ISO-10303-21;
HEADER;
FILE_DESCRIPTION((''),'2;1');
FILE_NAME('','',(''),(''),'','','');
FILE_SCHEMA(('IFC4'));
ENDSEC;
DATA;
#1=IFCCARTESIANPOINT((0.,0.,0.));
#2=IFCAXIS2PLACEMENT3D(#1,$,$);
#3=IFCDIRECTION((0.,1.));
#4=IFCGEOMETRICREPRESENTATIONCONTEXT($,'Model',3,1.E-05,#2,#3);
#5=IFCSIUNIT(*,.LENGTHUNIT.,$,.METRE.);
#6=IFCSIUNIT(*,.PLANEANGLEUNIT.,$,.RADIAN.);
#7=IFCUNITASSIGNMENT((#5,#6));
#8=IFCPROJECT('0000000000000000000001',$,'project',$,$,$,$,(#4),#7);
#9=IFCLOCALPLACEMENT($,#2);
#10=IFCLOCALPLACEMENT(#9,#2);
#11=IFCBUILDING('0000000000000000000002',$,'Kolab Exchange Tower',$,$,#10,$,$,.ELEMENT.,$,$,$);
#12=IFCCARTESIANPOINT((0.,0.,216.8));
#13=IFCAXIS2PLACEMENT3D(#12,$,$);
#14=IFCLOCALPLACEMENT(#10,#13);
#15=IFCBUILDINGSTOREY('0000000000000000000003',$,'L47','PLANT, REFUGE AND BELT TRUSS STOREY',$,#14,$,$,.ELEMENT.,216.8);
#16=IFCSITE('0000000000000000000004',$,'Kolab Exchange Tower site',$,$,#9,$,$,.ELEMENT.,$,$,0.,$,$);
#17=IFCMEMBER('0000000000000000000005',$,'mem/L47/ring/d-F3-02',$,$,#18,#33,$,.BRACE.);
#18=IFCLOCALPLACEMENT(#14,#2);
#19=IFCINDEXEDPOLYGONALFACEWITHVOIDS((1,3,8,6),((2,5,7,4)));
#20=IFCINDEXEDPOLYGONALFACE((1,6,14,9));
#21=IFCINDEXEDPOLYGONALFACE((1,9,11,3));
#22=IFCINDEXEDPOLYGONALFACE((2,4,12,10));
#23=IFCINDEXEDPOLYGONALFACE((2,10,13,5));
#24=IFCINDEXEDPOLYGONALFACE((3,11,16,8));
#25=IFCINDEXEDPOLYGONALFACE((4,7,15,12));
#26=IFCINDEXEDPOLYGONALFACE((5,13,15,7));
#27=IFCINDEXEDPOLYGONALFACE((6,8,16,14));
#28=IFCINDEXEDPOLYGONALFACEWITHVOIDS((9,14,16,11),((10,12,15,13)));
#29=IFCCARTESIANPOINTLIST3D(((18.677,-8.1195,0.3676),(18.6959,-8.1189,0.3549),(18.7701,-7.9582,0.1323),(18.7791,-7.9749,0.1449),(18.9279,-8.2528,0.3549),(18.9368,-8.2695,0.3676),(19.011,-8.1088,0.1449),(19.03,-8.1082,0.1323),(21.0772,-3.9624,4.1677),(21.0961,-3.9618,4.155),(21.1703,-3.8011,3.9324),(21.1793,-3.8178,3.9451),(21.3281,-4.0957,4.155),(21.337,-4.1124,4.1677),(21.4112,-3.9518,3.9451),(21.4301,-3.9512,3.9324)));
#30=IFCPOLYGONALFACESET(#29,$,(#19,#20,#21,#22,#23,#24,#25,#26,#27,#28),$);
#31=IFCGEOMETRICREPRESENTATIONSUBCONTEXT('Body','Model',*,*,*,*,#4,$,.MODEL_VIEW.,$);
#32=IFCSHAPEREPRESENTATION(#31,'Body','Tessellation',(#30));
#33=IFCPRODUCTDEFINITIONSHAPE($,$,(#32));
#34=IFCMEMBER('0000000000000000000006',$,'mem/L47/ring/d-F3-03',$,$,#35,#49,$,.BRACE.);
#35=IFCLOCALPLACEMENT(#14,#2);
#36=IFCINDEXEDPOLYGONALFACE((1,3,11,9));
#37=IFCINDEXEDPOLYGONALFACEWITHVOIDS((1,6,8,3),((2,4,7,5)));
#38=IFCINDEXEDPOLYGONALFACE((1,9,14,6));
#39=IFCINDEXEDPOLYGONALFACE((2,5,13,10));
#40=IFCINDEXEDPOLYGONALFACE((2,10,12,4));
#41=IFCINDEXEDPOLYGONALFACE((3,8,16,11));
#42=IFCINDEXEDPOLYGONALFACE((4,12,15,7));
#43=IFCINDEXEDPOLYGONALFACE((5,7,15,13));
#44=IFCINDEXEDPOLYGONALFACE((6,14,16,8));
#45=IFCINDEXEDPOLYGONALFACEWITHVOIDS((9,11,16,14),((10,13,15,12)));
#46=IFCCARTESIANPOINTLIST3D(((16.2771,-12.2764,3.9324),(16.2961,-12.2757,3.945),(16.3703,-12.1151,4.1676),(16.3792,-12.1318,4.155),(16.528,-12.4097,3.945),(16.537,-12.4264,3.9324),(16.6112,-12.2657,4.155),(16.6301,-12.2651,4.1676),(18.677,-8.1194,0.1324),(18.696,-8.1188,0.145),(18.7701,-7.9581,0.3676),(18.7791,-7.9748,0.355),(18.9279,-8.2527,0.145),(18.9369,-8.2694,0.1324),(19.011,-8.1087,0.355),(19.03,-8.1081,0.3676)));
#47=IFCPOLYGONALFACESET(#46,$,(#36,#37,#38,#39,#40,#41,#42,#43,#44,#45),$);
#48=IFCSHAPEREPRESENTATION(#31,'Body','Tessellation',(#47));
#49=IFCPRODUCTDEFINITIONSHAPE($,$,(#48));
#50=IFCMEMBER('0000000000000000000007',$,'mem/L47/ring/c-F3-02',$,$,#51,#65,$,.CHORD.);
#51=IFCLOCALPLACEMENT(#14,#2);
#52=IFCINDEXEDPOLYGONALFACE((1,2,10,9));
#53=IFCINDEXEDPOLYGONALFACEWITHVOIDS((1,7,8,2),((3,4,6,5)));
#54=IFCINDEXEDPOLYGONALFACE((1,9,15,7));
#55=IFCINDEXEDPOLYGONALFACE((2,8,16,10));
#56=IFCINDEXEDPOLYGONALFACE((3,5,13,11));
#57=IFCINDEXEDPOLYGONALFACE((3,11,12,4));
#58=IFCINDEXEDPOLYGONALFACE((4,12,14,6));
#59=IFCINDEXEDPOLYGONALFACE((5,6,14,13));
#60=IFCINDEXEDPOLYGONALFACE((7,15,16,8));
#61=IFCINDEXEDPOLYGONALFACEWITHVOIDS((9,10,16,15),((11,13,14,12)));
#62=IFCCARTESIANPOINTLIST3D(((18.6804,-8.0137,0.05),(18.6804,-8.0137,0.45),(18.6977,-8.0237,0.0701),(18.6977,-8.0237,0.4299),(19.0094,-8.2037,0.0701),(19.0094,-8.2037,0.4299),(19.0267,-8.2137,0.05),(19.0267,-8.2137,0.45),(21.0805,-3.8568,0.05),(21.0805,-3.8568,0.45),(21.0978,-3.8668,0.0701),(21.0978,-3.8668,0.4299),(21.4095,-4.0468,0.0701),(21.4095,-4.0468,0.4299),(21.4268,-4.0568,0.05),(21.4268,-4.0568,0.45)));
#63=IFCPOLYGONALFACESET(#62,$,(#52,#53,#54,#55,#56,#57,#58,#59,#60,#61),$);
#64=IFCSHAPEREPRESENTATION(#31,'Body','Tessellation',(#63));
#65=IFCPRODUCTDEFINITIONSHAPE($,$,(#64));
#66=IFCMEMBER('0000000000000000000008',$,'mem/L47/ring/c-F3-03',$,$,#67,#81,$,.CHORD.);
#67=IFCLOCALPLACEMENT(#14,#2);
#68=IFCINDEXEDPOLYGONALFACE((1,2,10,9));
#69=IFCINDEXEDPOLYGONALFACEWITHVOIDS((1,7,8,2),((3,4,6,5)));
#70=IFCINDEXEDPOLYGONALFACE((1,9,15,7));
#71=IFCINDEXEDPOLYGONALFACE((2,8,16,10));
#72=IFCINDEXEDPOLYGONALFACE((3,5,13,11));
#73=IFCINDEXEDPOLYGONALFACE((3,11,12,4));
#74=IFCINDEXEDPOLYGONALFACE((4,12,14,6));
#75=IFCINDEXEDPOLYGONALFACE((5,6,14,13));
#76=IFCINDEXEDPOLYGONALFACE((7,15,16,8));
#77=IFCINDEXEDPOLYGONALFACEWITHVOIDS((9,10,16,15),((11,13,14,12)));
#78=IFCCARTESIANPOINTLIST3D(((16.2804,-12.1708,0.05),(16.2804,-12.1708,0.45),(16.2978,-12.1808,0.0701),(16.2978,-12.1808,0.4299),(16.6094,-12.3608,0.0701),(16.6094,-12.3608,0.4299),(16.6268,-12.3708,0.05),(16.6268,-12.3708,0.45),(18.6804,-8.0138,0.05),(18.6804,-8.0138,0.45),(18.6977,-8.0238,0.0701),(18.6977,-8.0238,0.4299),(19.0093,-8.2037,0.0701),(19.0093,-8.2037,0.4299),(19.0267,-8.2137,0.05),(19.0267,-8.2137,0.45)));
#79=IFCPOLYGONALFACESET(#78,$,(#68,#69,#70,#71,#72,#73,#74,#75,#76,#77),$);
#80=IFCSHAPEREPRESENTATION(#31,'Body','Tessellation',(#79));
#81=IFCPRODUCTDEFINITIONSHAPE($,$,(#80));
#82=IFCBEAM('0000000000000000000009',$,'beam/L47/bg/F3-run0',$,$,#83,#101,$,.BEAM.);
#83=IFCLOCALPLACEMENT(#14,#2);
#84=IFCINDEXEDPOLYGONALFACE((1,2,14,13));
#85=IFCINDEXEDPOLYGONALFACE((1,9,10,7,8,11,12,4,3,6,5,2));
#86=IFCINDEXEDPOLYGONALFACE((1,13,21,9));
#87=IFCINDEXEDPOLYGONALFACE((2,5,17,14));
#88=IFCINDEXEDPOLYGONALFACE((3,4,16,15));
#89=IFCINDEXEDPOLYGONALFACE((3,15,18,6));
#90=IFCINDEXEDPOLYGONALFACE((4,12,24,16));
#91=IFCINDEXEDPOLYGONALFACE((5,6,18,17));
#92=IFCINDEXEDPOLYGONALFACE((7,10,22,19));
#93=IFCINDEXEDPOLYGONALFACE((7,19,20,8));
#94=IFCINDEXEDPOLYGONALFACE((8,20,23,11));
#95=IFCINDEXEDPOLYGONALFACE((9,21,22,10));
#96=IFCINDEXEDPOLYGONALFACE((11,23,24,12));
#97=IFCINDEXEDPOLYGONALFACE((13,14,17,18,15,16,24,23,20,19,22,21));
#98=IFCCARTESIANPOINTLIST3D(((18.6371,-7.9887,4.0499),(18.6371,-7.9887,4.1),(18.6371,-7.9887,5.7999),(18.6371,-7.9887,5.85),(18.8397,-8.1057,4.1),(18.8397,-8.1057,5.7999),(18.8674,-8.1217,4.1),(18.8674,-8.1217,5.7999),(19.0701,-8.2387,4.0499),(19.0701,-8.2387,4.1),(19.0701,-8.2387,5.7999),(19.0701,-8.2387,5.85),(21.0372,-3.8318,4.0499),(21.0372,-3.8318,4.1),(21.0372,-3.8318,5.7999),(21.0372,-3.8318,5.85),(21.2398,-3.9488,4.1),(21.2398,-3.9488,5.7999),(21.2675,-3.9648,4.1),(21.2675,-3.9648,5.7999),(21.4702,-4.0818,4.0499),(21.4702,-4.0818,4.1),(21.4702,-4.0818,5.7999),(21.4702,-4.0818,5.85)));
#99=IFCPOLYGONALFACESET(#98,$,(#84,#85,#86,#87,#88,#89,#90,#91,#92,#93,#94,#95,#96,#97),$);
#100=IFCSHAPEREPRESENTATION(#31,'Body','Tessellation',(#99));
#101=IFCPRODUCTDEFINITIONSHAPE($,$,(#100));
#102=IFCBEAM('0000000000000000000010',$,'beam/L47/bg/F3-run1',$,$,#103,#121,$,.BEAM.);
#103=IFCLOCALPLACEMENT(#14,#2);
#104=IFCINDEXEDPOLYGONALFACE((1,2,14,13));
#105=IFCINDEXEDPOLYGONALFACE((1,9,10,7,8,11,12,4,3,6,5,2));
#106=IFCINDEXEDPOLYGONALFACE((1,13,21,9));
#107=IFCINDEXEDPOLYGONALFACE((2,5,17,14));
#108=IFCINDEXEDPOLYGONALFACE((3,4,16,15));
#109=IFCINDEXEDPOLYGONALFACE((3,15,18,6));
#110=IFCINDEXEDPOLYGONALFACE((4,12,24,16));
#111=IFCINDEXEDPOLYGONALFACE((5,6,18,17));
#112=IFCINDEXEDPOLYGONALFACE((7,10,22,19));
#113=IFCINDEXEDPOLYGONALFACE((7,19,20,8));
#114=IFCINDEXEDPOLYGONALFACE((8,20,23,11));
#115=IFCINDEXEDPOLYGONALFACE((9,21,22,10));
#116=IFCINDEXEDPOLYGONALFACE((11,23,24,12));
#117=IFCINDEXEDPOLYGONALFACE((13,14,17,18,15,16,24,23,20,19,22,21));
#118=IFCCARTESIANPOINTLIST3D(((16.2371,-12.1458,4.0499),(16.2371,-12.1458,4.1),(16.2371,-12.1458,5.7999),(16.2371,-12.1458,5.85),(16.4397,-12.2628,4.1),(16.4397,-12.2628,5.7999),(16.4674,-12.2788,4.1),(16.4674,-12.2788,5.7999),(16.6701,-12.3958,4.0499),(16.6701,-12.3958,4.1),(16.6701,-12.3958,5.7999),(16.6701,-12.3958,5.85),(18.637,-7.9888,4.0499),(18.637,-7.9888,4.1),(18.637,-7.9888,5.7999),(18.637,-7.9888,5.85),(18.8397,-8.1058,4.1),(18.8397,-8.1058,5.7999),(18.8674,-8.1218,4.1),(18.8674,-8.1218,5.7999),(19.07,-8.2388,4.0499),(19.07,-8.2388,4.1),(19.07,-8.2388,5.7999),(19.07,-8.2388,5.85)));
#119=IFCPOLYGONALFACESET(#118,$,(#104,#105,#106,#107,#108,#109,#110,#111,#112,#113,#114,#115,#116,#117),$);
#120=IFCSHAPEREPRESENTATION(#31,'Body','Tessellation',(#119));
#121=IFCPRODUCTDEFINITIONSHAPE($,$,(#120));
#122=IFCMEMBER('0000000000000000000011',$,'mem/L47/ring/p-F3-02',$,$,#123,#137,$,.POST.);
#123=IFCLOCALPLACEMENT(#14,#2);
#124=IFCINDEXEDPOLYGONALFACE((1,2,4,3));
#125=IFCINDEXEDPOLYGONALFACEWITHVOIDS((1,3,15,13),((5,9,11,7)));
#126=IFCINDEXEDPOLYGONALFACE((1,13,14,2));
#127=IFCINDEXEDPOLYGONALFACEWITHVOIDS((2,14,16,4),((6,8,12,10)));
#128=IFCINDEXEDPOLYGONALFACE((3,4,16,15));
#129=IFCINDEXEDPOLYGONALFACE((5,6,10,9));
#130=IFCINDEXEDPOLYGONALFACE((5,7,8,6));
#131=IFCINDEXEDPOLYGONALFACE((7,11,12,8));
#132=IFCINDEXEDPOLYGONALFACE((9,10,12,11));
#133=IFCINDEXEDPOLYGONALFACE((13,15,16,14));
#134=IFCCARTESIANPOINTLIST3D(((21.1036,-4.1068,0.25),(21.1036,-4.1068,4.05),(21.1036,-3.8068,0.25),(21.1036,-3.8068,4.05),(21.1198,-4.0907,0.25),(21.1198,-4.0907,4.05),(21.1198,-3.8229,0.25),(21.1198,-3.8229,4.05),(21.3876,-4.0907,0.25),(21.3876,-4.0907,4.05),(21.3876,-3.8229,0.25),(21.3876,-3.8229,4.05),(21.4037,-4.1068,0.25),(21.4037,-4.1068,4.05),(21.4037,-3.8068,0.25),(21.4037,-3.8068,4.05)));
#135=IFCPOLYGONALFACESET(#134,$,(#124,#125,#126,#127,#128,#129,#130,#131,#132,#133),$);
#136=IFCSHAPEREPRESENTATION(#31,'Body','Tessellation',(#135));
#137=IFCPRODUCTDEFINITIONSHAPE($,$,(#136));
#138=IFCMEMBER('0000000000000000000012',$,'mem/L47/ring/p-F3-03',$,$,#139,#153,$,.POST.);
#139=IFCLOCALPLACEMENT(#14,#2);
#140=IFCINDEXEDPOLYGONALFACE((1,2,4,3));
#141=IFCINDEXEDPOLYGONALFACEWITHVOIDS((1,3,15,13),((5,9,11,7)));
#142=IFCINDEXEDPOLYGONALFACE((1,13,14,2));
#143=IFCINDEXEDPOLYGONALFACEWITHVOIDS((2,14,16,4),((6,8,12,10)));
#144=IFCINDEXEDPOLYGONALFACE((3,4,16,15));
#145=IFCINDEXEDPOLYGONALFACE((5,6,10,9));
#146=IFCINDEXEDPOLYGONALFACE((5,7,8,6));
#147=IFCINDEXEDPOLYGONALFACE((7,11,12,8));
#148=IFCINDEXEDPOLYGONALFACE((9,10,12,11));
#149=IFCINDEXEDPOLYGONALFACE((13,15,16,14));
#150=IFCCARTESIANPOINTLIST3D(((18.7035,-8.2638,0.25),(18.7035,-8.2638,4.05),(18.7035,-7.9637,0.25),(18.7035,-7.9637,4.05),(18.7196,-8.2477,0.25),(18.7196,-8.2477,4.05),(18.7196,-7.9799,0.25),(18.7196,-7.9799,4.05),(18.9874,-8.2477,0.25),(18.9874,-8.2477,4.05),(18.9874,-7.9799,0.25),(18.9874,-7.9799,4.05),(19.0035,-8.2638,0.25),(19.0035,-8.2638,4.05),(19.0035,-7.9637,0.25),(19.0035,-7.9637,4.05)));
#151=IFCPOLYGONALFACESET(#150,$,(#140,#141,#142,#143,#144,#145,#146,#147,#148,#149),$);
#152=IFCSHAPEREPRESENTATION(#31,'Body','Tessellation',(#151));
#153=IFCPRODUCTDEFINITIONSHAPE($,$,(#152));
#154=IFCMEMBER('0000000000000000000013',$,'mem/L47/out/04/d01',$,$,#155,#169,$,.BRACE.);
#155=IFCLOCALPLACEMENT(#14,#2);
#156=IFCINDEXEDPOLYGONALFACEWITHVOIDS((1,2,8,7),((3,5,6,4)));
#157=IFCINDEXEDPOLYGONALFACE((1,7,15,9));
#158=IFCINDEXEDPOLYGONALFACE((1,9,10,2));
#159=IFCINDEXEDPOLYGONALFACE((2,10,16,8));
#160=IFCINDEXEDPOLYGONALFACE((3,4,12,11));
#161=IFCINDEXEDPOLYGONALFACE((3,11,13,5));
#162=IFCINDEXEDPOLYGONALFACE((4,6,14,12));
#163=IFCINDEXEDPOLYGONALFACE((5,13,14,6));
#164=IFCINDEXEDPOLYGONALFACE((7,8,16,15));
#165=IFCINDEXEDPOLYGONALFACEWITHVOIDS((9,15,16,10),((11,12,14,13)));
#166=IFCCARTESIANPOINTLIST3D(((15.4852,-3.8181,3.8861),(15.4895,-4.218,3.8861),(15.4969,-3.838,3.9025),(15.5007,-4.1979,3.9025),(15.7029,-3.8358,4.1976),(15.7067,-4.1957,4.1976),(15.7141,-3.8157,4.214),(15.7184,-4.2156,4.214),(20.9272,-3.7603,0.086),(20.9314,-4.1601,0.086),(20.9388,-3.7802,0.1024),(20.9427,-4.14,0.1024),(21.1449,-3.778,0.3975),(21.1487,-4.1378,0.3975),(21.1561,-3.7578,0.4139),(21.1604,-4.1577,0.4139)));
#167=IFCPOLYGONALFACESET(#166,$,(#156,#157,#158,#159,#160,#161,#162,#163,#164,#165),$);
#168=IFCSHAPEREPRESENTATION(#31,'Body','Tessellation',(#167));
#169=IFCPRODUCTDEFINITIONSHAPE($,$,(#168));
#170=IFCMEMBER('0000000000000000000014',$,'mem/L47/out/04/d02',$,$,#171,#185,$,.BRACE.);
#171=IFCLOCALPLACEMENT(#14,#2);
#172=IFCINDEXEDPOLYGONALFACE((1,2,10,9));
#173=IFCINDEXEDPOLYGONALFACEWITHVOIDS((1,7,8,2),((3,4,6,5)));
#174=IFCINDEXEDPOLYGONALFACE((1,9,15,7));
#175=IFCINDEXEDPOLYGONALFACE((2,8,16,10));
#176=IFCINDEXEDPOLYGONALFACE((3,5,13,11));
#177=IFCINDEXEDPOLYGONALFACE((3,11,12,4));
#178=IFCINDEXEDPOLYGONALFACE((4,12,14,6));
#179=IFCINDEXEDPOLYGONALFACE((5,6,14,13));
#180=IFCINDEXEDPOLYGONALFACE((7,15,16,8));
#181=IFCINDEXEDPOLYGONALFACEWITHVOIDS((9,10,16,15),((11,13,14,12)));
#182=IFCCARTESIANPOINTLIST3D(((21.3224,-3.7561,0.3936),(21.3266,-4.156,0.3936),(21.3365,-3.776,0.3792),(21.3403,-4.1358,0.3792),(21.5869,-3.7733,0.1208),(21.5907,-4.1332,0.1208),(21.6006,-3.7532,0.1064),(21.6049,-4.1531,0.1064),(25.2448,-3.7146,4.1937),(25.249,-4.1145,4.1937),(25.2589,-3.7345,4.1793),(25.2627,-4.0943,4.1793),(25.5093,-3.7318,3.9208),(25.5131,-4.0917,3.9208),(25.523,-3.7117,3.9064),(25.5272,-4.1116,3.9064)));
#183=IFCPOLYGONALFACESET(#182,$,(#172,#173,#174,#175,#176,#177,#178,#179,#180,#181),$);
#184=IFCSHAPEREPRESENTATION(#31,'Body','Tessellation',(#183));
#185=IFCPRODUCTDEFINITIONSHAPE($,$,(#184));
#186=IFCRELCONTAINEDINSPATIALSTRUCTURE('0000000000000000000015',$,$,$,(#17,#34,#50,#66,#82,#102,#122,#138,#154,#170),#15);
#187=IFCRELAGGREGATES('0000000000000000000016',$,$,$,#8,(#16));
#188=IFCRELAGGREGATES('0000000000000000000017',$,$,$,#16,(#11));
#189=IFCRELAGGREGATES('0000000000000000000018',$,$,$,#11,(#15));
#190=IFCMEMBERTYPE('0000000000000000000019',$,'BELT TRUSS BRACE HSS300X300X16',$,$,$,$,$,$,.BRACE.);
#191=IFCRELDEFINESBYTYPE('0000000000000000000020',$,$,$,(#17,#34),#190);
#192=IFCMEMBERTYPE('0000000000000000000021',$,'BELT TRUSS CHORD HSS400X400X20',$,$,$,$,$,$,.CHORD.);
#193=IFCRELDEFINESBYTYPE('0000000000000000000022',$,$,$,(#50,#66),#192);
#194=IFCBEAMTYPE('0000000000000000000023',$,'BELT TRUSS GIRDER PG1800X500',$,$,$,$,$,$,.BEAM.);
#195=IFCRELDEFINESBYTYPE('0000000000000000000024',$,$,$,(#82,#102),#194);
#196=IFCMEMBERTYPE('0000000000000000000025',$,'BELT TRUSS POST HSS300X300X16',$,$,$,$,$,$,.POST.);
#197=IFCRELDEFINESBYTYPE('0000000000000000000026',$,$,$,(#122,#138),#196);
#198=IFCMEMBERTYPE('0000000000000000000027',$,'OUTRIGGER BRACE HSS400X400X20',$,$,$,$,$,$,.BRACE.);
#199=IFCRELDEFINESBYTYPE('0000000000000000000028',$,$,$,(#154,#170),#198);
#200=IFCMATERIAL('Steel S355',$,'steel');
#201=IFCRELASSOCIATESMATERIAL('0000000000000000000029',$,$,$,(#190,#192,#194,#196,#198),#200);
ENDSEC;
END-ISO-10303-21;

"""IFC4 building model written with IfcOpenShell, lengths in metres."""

from ifc_helpers import new_model, si_unit, direction, frame, origin, origin_2d, place, context, subcontext, project, spatial, hollow_rectangle, i_section, extrude, material, material_profile, profile_set, type_object, element, save


model = new_model("IFC4")

# Units and contexts
model_context = context("Model", 3, precision=1e-05, world=origin(), true_north=direction((0.0, 1.0)))
body_context = subcontext(model_context, "Body", "Model", "MODEL_VIEW")
ifc_project = project(units=[si_unit("LENGTHUNIT", "METRE"), si_unit("PLANEANGLEUNIT", "RADIAN")], contexts=[model_context])

# Site, building, storey
site_placement = place(None, origin())
site = spatial("IfcSite", under=ifc_project, at=site_placement, Name="Kolab Exchange Tower site", CompositionType="ELEMENT", RefElevation=0.0)
building_placement = place(site_placement, origin())
building = spatial("IfcBuilding", under=site, at=building_placement, Name="Kolab Exchange Tower", CompositionType="ELEMENT")
storey_placement = place(building_placement, frame((0.0, 0.0, 216.8)))
storey = spatial("IfcBuildingStorey", under=building, at=storey_placement, Name="L47", Description="PLANT, REFUGE AND BELT TRUSS STOREY", CompositionType="ELEMENT", Elevation=216.8)

# Members
ifc_material_1 = material(Name="Steel S355", Category="steel")
ifc_material_profile_1 = material_profile(ifc_material_1, hollow_rectangle(XDim=0.3, YDim=0.3, WallThickness=0.0161, at=origin_2d()), Name="HSS300X300X16")
ifc_profile_set_1 = profile_set([ifc_material_profile_1], Name="Steel S355")
member_type_1 = type_object("IfcMemberType", Name="BELT TRUSS BRACE HSS300X300X16", PredefinedType="BRACE", material=ifc_profile_set_1)
member_1_placement = place(storey_placement, frame((21.2537, -3.9568, 4.05), z_axis=(-0.392039, -0.678999, -0.620698), x_axis=(0.866015, -0.500017, 0.0)))
element("IfcMember", 1, at=member_1_placement, inside=storey, type_object=member_type_1, Name="mem/L47/ring/d-F3-02", PredefinedType="BRACE", context=body_context, shape_type="SweptSolid", body=[
    extrude(hollow_rectangle(XDim=0.3, YDim=0.3, WallThickness=0.0161, at=origin_2d()), origin(), (0.0, 0.0, 1.0), 6.1223),
])
member_2_placement = place(storey_placement, frame((18.8535, -8.1138, 0.25), z_axis=(-0.392005, -0.67901, 0.620708), x_axis=(0.866037, -0.499979, 0.0)))
element("IfcMember", 2, at=member_2_placement, inside=storey, type_object=member_type_1, Name="mem/L47/ring/d-F3-03", PredefinedType="BRACE", context=body_context, shape_type="SweptSolid", body=[
    extrude(hollow_rectangle(XDim=0.3, YDim=0.3, WallThickness=0.0161, at=origin_2d()), origin(), (0.0, 0.0, 1.0), 6.1221),
])
ifc_material_profile_2 = material_profile(ifc_material_1, hollow_rectangle(XDim=0.3999, YDim=0.3999, WallThickness=0.02, at=origin_2d()), Name="HSS400X400X20")
ifc_profile_set_2 = profile_set([ifc_material_profile_2], Name="Steel S355")
member_type_2 = type_object("IfcMemberType", Name="BELT TRUSS CHORD HSS400X400X20", PredefinedType="CHORD", material=ifc_profile_set_2)
for number, where, z_axis, x_axis, name in (
    (3, (21.2537, -3.9568, 0.25), (-0.500017, -0.866015, 0.0), (0.866015, -0.500017, 0.0), "mem/L47/ring/c-F3-02"),
    (4, (18.8535, -8.1138, 0.25), (-0.499979, -0.866037, 0.0), (0.866037, -0.499979, 0.0), "mem/L47/ring/c-F3-03"),
):
    element("IfcMember", number, at=place(storey_placement, frame(where, z_axis=z_axis, x_axis=x_axis)), inside=storey, type_object=member_type_2, Name=name, PredefinedType="CHORD", context=body_context, shape_type="SweptSolid", body=[
        extrude(hollow_rectangle(XDim=0.3999, YDim=0.3999, WallThickness=0.02, at=origin_2d()), origin(), (0.0, 0.0, 1.0), 4.8),
    ])

# Beams
ifc_material_profile_3 = material_profile(ifc_material_1, i_section(OverallWidth=0.5, OverallDepth=1.8, WebThickness=0.032, FlangeThickness=0.05, at=origin_2d()), Name="PG1800X500")
ifc_profile_set_3 = profile_set([ifc_material_profile_3], Name="Steel S355")
beam_type_1 = type_object("IfcBeamType", Name="BELT TRUSS GIRDER PG1800X500", PredefinedType="BEAM", material=ifc_profile_set_3)
for number, where, z_axis, x_axis, name in (
    (5, (21.2537, -3.9568, 4.95), (-0.500017, -0.866015, 0.0), (0.866015, -0.500017, 0.0), "beam/L47/bg/F3-run0"),
    (6, (18.8535, -8.1138, 4.95), (-0.499979, -0.866037, 0.0), (0.866037, -0.499979, 0.0), "beam/L47/bg/F3-run1"),
):
    element("IfcBeam", number, at=place(storey_placement, frame(where, z_axis=z_axis, x_axis=x_axis)), inside=storey, type_object=beam_type_1, Name=name, PredefinedType="BEAM", context=body_context, shape_type="SweptSolid", body=[
        extrude(i_section(OverallWidth=0.5, OverallDepth=1.8, WebThickness=0.032, FlangeThickness=0.05, at=origin_2d()), origin(), (0.0, 0.0, 1.0), 4.8),
    ])

# Members
ifc_material_profile_4 = material_profile(ifc_material_1, hollow_rectangle(XDim=0.3, YDim=0.3, WallThickness=0.0161, at=origin_2d()), Name="HSS300X300X16")
ifc_profile_set_4 = profile_set([ifc_material_profile_4], Name="Steel S355")
member_type_3 = type_object("IfcMemberType", Name="BELT TRUSS POST HSS300X300X16", PredefinedType="POST", material=ifc_profile_set_4)
for number, where, z_axis, x_axis, name in (
    (7, (21.2537, -3.9568, 0.25), (0.0, 0.0, 1.0), (1.0, 0.0, 0.0), "mem/L47/ring/p-F3-02"),
    (8, (18.8535, -8.1138, 0.25), (0.0, 0.0, 1.0), (1.0, 0.0, 0.0), "mem/L47/ring/p-F3-03"),
):
    element("IfcMember", number, at=place(storey_placement, frame(where, z_axis=z_axis, x_axis=x_axis)), inside=storey, type_object=member_type_3, Name=name, PredefinedType="POST", context=body_context, shape_type="SweptSolid", body=[
        extrude(hollow_rectangle(XDim=0.3, YDim=0.3, WallThickness=0.0161, at=origin_2d()), origin(), (0.0, 0.0, 1.0), 3.8),
    ])
ifc_material_profile_5 = material_profile(ifc_material_1, hollow_rectangle(XDim=0.3999, YDim=0.3999, WallThickness=0.02, at=origin_2d()), Name="HSS400X400X20")
ifc_profile_set_5 = profile_set([ifc_material_profile_5], Name="Steel S355")
member_type_4 = type_object("IfcMemberType", Name="OUTRIGGER BRACE HSS400X400X20", PredefinedType="BRACE", material=ifc_profile_set_5)
member_3_placement = place(storey_placement, frame((15.6018, -4.0168, 4.05), z_axis=(0.819857, 0.008717, -0.572502), x_axis=(-0.010632, 0.999943, 0.0)))
element("IfcMember", 9, at=member_3_placement, inside=storey, type_object=member_type_4, Name="mem/L47/out/04/d01", PredefinedType="BRACE", context=body_context, shape_type="SweptSolid", body=[
    extrude(hollow_rectangle(XDim=0.3999, YDim=0.3999, WallThickness=0.02, at=origin_2d()), origin(), (0.0, 0.0, 1.0), 6.6377),
])
member_4_placement = place(storey_placement, frame((21.4636, -3.9546, 0.25), z_axis=(0.718196, 0.007599, 0.6958), x_axis=(-0.010581, 0.999944, 0.0)))
element("IfcMember", 10, at=member_4_placement, inside=storey, type_object=member_type_4, Name="mem/L47/out/04/d02", PredefinedType="BRACE", context=body_context, shape_type="SweptSolid", body=[
    extrude(hollow_rectangle(XDim=0.3999, YDim=0.3999, WallThickness=0.02, at=origin_2d()), origin(), (0.0, 0.0, 1.0), 5.4614),
])

save(model, "model.ifc")
